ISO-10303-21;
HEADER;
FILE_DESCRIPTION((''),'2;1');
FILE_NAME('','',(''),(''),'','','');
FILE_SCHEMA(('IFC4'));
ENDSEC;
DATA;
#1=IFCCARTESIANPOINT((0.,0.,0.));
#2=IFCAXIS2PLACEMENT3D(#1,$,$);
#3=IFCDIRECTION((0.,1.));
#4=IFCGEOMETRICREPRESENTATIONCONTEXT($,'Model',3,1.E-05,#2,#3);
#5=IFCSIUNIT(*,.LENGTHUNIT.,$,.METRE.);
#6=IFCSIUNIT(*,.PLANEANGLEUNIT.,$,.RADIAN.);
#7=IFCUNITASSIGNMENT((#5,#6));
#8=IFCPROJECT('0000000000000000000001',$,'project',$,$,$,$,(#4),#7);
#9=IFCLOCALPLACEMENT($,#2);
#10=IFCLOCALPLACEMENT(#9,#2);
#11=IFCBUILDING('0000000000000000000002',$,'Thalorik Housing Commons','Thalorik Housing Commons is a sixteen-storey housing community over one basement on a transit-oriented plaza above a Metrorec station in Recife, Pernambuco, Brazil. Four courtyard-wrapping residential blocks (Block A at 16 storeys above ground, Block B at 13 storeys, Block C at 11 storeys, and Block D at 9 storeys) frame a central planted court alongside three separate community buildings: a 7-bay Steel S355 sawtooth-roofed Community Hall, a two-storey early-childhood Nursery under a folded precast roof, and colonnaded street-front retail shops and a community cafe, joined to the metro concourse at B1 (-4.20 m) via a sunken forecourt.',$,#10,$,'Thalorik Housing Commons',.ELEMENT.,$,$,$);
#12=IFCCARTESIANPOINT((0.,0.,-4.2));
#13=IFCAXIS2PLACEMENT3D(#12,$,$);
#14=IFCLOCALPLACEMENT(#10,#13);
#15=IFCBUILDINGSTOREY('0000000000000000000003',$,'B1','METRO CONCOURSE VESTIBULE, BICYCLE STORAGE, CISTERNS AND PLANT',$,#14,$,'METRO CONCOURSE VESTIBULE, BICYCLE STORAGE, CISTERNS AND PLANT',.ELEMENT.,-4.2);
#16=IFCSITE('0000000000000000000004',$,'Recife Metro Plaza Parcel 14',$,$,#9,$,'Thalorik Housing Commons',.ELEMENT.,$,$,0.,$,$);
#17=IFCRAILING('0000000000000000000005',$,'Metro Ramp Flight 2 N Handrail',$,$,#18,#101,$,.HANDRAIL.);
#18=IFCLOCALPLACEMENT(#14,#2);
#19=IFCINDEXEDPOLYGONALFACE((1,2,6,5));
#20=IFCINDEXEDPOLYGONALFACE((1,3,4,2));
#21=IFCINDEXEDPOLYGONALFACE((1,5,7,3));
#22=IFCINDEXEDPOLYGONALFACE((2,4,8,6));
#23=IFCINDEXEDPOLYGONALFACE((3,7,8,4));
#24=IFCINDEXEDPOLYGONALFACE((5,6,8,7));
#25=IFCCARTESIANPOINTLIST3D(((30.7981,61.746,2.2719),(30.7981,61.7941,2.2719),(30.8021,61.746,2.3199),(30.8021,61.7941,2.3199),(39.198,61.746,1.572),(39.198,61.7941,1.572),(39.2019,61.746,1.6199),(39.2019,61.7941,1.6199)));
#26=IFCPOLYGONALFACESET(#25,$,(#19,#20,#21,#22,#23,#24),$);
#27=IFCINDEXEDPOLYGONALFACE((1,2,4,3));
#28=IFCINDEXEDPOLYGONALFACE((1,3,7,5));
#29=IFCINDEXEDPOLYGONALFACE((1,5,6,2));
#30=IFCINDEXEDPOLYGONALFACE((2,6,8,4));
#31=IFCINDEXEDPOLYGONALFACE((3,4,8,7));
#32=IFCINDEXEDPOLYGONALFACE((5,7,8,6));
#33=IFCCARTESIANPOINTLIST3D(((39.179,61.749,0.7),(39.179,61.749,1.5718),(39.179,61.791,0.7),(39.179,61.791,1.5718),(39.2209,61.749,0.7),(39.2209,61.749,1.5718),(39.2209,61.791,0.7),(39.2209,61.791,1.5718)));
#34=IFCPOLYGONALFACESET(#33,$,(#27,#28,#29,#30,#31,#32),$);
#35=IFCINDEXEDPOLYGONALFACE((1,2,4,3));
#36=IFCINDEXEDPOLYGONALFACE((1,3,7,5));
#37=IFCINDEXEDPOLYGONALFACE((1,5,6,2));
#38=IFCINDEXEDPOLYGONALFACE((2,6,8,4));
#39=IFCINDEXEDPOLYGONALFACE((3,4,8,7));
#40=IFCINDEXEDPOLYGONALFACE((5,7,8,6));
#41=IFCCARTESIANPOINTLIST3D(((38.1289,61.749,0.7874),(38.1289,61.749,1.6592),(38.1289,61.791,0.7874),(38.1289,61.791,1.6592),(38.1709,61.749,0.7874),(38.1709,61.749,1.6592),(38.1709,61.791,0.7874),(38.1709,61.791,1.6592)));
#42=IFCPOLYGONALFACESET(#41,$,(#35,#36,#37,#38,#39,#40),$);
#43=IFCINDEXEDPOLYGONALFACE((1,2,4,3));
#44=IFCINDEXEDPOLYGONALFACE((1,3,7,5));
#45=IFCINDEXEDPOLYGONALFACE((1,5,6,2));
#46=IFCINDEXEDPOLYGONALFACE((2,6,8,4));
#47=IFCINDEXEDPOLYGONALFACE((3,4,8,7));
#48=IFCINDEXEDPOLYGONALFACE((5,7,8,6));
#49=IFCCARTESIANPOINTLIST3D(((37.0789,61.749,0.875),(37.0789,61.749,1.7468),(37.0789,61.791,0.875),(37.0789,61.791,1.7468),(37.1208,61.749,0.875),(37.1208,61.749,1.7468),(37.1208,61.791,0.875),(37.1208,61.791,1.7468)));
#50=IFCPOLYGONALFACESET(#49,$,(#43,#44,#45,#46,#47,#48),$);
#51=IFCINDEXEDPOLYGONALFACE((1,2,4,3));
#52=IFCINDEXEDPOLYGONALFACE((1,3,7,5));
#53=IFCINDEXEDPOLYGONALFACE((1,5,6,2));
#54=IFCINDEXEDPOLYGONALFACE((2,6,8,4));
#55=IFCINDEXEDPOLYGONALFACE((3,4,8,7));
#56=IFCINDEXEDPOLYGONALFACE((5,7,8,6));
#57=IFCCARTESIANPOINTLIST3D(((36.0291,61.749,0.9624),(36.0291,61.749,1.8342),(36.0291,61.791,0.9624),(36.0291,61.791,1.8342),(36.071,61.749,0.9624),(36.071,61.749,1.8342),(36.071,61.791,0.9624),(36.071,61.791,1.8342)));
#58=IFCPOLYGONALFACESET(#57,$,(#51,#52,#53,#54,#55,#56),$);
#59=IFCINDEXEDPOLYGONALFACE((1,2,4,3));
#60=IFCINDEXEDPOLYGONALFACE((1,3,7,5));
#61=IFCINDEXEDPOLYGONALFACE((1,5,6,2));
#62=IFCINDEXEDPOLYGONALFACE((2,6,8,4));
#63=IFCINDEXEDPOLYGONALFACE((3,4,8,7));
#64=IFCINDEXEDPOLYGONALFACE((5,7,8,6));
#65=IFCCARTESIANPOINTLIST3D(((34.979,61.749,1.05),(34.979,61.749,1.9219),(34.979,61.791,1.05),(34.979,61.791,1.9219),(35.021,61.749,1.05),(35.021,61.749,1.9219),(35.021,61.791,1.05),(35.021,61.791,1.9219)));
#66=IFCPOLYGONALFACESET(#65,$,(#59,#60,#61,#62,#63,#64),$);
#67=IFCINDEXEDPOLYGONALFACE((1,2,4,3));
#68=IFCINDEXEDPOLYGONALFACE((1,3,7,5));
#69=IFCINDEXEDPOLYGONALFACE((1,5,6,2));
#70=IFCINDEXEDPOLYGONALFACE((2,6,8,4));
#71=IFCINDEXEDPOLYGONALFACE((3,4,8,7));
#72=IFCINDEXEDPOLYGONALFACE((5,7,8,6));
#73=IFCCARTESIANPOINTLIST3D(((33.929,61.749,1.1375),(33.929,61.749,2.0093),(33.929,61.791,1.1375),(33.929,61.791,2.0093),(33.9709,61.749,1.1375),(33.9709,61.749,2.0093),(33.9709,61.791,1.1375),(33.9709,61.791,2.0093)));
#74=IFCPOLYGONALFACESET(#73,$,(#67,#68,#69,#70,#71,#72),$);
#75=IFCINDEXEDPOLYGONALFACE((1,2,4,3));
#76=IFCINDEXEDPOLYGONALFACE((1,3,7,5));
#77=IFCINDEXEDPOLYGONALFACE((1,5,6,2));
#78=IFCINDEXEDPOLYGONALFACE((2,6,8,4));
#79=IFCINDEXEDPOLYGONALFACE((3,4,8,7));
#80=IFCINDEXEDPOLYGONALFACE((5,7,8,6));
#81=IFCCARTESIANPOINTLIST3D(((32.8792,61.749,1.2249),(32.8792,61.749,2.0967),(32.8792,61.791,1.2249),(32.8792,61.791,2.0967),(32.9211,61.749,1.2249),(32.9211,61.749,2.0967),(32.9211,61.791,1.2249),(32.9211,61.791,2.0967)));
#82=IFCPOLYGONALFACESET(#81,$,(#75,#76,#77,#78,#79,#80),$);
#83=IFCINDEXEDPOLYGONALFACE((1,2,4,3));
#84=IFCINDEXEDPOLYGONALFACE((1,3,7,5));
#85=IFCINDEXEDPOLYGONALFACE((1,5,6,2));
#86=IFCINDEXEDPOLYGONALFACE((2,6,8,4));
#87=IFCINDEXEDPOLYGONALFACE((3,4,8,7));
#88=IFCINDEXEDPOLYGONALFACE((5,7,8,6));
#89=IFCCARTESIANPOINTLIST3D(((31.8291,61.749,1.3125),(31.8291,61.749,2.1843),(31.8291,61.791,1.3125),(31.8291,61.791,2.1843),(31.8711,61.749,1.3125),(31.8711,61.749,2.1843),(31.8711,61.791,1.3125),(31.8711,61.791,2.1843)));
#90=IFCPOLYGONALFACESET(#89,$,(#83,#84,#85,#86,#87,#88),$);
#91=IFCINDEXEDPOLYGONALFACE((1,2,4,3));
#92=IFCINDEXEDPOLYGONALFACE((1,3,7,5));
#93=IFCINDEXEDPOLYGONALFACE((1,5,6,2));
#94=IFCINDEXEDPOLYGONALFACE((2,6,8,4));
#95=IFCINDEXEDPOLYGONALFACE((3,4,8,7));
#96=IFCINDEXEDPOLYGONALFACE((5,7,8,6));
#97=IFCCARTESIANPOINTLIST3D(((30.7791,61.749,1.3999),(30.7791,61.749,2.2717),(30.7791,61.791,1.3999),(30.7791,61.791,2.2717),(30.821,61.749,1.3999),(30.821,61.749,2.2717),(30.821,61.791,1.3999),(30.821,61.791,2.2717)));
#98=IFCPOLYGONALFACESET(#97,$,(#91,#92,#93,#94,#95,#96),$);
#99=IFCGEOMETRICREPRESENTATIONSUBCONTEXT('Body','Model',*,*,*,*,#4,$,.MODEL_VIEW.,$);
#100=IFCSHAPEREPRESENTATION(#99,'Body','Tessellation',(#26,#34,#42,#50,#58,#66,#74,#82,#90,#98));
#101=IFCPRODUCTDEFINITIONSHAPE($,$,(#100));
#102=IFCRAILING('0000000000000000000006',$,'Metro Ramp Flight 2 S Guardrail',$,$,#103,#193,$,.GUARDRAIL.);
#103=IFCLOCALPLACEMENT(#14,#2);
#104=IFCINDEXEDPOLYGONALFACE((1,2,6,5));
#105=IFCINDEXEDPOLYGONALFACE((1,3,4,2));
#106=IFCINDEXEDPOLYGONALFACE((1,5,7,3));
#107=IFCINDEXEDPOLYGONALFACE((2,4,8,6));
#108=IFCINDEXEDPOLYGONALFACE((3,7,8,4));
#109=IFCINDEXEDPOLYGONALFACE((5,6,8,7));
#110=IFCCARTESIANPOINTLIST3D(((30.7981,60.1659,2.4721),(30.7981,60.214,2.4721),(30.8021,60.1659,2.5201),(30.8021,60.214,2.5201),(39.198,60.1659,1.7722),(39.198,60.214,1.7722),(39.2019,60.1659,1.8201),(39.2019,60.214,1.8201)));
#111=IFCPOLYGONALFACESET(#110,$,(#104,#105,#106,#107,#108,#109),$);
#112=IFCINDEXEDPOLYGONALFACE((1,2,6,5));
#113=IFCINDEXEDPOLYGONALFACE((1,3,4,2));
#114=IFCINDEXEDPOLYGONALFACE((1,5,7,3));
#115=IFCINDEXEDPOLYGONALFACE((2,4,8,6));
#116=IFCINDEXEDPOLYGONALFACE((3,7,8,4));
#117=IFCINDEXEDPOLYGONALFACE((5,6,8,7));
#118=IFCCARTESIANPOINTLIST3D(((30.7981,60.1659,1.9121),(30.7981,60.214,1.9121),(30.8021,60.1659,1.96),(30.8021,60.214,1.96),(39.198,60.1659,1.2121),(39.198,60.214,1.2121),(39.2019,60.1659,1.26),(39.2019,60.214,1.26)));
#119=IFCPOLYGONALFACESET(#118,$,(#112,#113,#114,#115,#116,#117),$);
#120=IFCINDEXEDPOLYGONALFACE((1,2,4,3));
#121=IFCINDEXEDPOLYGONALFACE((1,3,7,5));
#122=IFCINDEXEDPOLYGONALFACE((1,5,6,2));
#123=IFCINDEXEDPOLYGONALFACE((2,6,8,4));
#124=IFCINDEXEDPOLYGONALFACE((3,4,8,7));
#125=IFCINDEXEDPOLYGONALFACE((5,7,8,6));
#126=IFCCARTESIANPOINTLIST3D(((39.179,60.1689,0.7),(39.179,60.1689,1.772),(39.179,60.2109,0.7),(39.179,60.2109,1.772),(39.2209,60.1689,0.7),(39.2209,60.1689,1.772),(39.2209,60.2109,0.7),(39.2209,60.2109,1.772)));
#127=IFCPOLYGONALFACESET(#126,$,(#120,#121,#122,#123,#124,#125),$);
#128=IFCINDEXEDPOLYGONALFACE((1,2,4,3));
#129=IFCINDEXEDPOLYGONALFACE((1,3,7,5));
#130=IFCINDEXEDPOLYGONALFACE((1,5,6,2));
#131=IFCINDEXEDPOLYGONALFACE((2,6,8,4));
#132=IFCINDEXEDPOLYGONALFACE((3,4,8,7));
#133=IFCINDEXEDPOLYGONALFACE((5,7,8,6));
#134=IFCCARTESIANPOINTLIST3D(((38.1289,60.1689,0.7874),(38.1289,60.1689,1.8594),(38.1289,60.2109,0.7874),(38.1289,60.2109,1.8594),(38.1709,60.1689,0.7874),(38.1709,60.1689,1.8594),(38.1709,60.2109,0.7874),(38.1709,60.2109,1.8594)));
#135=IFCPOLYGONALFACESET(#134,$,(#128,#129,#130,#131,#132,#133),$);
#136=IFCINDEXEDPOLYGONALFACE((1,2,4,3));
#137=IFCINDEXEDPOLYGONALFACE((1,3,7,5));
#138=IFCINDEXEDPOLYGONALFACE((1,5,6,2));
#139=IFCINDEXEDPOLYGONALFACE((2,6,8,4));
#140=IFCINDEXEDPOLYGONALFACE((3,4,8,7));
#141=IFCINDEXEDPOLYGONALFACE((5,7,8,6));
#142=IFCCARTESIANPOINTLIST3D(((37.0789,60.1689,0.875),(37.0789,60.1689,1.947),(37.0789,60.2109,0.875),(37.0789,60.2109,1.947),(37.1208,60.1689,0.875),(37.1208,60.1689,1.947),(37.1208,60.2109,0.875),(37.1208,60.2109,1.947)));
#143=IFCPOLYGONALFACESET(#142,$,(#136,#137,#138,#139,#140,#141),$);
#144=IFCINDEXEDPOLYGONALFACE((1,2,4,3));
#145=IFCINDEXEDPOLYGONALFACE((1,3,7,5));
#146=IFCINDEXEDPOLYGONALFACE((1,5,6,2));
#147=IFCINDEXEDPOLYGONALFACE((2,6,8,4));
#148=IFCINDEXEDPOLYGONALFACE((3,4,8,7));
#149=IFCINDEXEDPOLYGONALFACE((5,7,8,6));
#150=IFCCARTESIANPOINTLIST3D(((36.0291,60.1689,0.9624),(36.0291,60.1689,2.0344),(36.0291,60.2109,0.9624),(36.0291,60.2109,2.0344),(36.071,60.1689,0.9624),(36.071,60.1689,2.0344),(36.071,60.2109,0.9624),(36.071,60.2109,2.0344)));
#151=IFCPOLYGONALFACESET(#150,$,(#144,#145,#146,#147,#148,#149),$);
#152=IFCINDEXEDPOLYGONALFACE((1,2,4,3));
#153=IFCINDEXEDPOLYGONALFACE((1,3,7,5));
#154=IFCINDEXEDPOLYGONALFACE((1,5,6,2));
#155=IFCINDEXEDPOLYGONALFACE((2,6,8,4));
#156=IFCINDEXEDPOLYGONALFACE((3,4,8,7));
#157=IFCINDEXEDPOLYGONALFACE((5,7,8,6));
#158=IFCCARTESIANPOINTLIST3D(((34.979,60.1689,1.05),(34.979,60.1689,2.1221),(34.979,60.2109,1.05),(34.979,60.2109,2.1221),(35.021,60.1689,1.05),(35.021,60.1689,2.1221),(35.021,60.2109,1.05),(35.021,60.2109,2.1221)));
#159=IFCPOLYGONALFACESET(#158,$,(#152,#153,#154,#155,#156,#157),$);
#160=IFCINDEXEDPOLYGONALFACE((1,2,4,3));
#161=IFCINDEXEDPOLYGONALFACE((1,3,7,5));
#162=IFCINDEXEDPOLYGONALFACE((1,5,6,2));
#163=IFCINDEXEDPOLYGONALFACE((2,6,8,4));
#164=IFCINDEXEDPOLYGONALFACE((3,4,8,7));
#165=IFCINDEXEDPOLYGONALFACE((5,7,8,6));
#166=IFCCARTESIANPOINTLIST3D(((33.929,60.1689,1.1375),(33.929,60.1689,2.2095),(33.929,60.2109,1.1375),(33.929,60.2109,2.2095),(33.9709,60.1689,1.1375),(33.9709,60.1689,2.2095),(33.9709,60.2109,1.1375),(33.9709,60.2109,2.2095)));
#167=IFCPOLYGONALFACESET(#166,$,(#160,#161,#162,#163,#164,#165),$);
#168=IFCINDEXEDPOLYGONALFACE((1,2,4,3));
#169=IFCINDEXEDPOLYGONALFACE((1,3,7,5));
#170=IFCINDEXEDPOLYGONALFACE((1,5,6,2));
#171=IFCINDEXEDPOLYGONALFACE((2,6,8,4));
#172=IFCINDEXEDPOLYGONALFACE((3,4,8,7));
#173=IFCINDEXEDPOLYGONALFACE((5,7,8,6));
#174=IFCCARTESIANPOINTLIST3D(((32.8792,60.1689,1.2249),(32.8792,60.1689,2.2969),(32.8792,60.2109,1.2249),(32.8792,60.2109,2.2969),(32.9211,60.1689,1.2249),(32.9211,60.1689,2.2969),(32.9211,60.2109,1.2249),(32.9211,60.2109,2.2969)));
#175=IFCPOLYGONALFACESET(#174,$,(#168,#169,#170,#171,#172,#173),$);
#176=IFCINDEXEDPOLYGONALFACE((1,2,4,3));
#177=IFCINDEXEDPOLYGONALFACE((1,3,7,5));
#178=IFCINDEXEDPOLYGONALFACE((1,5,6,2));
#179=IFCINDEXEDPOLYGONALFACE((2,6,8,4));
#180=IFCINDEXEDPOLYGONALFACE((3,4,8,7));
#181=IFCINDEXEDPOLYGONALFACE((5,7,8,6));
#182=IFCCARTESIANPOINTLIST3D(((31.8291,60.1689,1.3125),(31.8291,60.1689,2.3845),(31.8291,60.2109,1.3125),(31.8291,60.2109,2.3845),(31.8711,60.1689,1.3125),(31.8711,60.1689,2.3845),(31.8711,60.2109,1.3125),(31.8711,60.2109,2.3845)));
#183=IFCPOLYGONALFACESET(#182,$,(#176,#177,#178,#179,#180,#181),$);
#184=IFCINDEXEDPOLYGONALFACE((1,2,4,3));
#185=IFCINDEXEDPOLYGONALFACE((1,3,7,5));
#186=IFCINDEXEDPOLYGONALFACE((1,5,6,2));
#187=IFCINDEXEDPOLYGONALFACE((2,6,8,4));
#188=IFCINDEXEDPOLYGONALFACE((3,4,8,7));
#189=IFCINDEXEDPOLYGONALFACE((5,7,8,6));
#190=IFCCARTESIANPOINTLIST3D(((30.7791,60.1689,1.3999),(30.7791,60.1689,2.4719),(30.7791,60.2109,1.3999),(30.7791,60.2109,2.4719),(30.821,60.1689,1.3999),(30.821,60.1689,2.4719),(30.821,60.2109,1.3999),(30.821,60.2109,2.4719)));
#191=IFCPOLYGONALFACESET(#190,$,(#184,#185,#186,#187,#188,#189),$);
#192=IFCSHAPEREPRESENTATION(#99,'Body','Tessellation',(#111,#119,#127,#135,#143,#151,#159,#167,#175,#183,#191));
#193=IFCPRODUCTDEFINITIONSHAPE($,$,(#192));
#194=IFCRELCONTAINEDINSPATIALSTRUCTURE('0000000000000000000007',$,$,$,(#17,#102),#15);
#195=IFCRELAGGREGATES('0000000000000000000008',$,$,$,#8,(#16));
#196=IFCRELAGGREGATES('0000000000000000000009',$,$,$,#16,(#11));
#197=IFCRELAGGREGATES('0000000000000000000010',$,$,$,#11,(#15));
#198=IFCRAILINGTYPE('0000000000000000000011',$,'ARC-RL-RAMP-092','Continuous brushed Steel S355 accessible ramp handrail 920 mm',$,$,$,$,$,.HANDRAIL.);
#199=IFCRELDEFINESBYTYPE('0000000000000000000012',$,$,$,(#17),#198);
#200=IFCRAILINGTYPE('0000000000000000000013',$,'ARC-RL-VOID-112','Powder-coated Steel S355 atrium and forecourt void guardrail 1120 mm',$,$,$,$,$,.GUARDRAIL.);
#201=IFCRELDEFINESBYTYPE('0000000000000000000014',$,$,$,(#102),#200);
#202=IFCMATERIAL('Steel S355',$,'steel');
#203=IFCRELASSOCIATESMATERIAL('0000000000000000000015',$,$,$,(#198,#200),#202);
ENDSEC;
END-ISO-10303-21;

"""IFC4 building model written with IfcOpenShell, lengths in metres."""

from ifc_helpers import new_model, si_unit, direction, frame, origin, origin_2d, place, context, subcontext, project, spatial, rectangle, extrude, material, type_object, element, save


model = new_model("IFC4")

# Units and contexts
model_context = context("Model", 3, precision=1e-05, world=origin(), true_north=direction((0.0, 1.0)))
body_context = subcontext(model_context, "Body", "Model", "MODEL_VIEW")
ifc_project = project(units=[si_unit("LENGTHUNIT", "METRE"), si_unit("PLANEANGLEUNIT", "RADIAN")], contexts=[model_context])

# Site, building, storey
site_placement = place(None, origin())
site = spatial("IfcSite", under=ifc_project, at=site_placement, Name="Recife Metro Plaza Parcel 14", LongName="Thalorik Housing Commons", CompositionType="ELEMENT", RefElevation=0.0)
building_placement = place(site_placement, origin())
building = spatial("IfcBuilding", under=site, at=building_placement, Name="Thalorik Housing Commons", Description="Thalorik Housing Commons is a sixteen-storey housing community over one basement on a transit-oriented plaza above a Metrorec station in Recife, Pernambuco, Brazil. Four courtyard-wrapping residential blocks (Block A at 16 storeys above ground, Block B at 13 storeys, Block C at 11 storeys, and Block D at 9 storeys) frame a central planted court alongside three separate community buildings: a 7-bay Steel S355 sawtooth-roofed Community Hall, a two-storey early-childhood Nursery under a folded precast roof, and colonnaded street-front retail shops and a community cafe, joined to the metro concourse at B1 (-4.20 m) via a sunken forecourt.", LongName="Thalorik Housing Commons", CompositionType="ELEMENT")
storey_placement = place(building_placement, frame((0.0, 0.0, -4.2)))
storey = spatial("IfcBuildingStorey", under=building, at=storey_placement, Name="B1", Description="METRO CONCOURSE VESTIBULE, BICYCLE STORAGE, CISTERNS AND PLANT", LongName="METRO CONCOURSE VESTIBULE, BICYCLE STORAGE, CISTERNS AND PLANT", CompositionType="ELEMENT", Elevation=-4.2)

# Railings
ifc_material_1 = material(Name="Steel S355", Category="steel")
railing_type_1 = type_object("IfcRailingType", Name="ARC-RL-RAMP-092", Description="Continuous brushed Steel S355 accessible ramp handrail 920 mm", PredefinedType="HANDRAIL", material=ifc_material_1)
for number, where, name in (
    (1, (39.2, 61.77, 0.7), "Metro Ramp Flight 2 N Handrail"),
):
    element("IfcRailing", number, at=place(storey_placement, frame(where)), inside=storey, type_object=railing_type_1, Name=name, PredefinedType="HANDRAIL", context=body_context, shape_type="SweptSolid", body=[
        extrude(rectangle(XDim=0.0481, YDim=0.0481, at=origin_2d()), frame((0.0, 0.0, 0.896), z_axis=(-0.996546, 0.0, 0.083041), x_axis=(0.0, -1.0, 0.0)), (0.0, 0.0, 1.0), 8.429),
        extrude(rectangle(XDim=0.042, YDim=0.042, at=origin_2d()), origin(), (0.0, 0.0, 1.0), 0.8718),
        extrude(rectangle(XDim=0.042, YDim=0.042, at=origin_2d()), frame((-1.05, 0.0, 0.0874)), (0.0, 0.0, 1.0), 0.8718),
        extrude(rectangle(XDim=0.042, YDim=0.042, at=origin_2d()), frame((-2.1001, 0.0, 0.175)), (0.0, 0.0, 1.0), 0.8718),
        extrude(rectangle(XDim=0.042, YDim=0.042, at=origin_2d()), frame((-3.1499, 0.0, 0.2625)), (0.0, 0.0, 1.0), 0.8718),
        extrude(rectangle(XDim=0.042, YDim=0.042, at=origin_2d()), frame((-4.2, 0.0, 0.3501)), (0.0, 0.0, 1.0), 0.8718),
        extrude(rectangle(XDim=0.042, YDim=0.042, at=origin_2d()), frame((-5.25, 0.0, 0.4375)), (0.0, 0.0, 1.0), 0.8718),
        extrude(rectangle(XDim=0.042, YDim=0.042, at=origin_2d()), frame((-6.2998, 0.0, 0.5249)), (0.0, 0.0, 1.0), 0.8718),
        extrude(rectangle(XDim=0.042, YDim=0.042, at=origin_2d()), frame((-7.3499, 0.0, 0.6125)), (0.0, 0.0, 1.0), 0.8718),
        extrude(rectangle(XDim=0.042, YDim=0.042, at=origin_2d()), frame((-8.3999, 0.0, 0.7)), (0.0, 0.0, 1.0), 0.8718),
    ])
railing_type_2 = type_object("IfcRailingType", Name="ARC-RL-VOID-112", Description="Powder-coated Steel S355 atrium and forecourt void guardrail 1120 mm", PredefinedType="GUARDRAIL", material=ifc_material_1)
railing_1_placement = place(storey_placement, frame((39.2, 60.1899, 0.7)))
element("IfcRailing", 2, at=railing_1_placement, inside=storey, type_object=railing_type_2, Name="Metro Ramp Flight 2 S Guardrail", PredefinedType="GUARDRAIL", context=body_context, shape_type="SweptSolid", body=[
    extrude(rectangle(XDim=0.0481, YDim=0.0481, at=origin_2d()), frame((0.0, 0.0, 1.0962), z_axis=(-0.996546, 0.0, 0.083041), x_axis=(0.0, -1.0, 0.0)), (0.0, 0.0, 1.0), 8.429),
    extrude(rectangle(XDim=0.0481, YDim=0.0481, at=origin_2d()), frame((0.0, 0.0, 0.5361), z_axis=(-0.996546, 0.0, 0.083041), x_axis=(0.0, -1.0, 0.0)), (0.0, 0.0, 1.0), 8.429),
    extrude(rectangle(XDim=0.042, YDim=0.042, at=origin_2d()), origin(), (0.0, 0.0, 1.0), 1.072),
    extrude(rectangle(XDim=0.042, YDim=0.042, at=origin_2d()), frame((-1.05, 0.0, 0.0874)), (0.0, 0.0, 1.0), 1.072),
    extrude(rectangle(XDim=0.042, YDim=0.042, at=origin_2d()), frame((-2.1001, 0.0, 0.175)), (0.0, 0.0, 1.0), 1.072),
    extrude(rectangle(XDim=0.042, YDim=0.042, at=origin_2d()), frame((-3.1499, 0.0, 0.2625)), (0.0, 0.0, 1.0), 1.072),
    extrude(rectangle(XDim=0.042, YDim=0.042, at=origin_2d()), frame((-4.2, 0.0, 0.3501)), (0.0, 0.0, 1.0), 1.072),
    extrude(rectangle(XDim=0.042, YDim=0.042, at=origin_2d()), frame((-5.25, 0.0, 0.4375)), (0.0, 0.0, 1.0), 1.072),
    extrude(rectangle(XDim=0.042, YDim=0.042, at=origin_2d()), frame((-6.2998, 0.0, 0.5249)), (0.0, 0.0, 1.0), 1.072),
    extrude(rectangle(XDim=0.042, YDim=0.042, at=origin_2d()), frame((-7.3499, 0.0, 0.6125)), (0.0, 0.0, 1.0), 1.072),
    extrude(rectangle(XDim=0.042, YDim=0.042, at=origin_2d()), frame((-8.3999, 0.0, 0.7)), (0.0, 0.0, 1.0), 1.072),
])

save(model, "model.ifc")
